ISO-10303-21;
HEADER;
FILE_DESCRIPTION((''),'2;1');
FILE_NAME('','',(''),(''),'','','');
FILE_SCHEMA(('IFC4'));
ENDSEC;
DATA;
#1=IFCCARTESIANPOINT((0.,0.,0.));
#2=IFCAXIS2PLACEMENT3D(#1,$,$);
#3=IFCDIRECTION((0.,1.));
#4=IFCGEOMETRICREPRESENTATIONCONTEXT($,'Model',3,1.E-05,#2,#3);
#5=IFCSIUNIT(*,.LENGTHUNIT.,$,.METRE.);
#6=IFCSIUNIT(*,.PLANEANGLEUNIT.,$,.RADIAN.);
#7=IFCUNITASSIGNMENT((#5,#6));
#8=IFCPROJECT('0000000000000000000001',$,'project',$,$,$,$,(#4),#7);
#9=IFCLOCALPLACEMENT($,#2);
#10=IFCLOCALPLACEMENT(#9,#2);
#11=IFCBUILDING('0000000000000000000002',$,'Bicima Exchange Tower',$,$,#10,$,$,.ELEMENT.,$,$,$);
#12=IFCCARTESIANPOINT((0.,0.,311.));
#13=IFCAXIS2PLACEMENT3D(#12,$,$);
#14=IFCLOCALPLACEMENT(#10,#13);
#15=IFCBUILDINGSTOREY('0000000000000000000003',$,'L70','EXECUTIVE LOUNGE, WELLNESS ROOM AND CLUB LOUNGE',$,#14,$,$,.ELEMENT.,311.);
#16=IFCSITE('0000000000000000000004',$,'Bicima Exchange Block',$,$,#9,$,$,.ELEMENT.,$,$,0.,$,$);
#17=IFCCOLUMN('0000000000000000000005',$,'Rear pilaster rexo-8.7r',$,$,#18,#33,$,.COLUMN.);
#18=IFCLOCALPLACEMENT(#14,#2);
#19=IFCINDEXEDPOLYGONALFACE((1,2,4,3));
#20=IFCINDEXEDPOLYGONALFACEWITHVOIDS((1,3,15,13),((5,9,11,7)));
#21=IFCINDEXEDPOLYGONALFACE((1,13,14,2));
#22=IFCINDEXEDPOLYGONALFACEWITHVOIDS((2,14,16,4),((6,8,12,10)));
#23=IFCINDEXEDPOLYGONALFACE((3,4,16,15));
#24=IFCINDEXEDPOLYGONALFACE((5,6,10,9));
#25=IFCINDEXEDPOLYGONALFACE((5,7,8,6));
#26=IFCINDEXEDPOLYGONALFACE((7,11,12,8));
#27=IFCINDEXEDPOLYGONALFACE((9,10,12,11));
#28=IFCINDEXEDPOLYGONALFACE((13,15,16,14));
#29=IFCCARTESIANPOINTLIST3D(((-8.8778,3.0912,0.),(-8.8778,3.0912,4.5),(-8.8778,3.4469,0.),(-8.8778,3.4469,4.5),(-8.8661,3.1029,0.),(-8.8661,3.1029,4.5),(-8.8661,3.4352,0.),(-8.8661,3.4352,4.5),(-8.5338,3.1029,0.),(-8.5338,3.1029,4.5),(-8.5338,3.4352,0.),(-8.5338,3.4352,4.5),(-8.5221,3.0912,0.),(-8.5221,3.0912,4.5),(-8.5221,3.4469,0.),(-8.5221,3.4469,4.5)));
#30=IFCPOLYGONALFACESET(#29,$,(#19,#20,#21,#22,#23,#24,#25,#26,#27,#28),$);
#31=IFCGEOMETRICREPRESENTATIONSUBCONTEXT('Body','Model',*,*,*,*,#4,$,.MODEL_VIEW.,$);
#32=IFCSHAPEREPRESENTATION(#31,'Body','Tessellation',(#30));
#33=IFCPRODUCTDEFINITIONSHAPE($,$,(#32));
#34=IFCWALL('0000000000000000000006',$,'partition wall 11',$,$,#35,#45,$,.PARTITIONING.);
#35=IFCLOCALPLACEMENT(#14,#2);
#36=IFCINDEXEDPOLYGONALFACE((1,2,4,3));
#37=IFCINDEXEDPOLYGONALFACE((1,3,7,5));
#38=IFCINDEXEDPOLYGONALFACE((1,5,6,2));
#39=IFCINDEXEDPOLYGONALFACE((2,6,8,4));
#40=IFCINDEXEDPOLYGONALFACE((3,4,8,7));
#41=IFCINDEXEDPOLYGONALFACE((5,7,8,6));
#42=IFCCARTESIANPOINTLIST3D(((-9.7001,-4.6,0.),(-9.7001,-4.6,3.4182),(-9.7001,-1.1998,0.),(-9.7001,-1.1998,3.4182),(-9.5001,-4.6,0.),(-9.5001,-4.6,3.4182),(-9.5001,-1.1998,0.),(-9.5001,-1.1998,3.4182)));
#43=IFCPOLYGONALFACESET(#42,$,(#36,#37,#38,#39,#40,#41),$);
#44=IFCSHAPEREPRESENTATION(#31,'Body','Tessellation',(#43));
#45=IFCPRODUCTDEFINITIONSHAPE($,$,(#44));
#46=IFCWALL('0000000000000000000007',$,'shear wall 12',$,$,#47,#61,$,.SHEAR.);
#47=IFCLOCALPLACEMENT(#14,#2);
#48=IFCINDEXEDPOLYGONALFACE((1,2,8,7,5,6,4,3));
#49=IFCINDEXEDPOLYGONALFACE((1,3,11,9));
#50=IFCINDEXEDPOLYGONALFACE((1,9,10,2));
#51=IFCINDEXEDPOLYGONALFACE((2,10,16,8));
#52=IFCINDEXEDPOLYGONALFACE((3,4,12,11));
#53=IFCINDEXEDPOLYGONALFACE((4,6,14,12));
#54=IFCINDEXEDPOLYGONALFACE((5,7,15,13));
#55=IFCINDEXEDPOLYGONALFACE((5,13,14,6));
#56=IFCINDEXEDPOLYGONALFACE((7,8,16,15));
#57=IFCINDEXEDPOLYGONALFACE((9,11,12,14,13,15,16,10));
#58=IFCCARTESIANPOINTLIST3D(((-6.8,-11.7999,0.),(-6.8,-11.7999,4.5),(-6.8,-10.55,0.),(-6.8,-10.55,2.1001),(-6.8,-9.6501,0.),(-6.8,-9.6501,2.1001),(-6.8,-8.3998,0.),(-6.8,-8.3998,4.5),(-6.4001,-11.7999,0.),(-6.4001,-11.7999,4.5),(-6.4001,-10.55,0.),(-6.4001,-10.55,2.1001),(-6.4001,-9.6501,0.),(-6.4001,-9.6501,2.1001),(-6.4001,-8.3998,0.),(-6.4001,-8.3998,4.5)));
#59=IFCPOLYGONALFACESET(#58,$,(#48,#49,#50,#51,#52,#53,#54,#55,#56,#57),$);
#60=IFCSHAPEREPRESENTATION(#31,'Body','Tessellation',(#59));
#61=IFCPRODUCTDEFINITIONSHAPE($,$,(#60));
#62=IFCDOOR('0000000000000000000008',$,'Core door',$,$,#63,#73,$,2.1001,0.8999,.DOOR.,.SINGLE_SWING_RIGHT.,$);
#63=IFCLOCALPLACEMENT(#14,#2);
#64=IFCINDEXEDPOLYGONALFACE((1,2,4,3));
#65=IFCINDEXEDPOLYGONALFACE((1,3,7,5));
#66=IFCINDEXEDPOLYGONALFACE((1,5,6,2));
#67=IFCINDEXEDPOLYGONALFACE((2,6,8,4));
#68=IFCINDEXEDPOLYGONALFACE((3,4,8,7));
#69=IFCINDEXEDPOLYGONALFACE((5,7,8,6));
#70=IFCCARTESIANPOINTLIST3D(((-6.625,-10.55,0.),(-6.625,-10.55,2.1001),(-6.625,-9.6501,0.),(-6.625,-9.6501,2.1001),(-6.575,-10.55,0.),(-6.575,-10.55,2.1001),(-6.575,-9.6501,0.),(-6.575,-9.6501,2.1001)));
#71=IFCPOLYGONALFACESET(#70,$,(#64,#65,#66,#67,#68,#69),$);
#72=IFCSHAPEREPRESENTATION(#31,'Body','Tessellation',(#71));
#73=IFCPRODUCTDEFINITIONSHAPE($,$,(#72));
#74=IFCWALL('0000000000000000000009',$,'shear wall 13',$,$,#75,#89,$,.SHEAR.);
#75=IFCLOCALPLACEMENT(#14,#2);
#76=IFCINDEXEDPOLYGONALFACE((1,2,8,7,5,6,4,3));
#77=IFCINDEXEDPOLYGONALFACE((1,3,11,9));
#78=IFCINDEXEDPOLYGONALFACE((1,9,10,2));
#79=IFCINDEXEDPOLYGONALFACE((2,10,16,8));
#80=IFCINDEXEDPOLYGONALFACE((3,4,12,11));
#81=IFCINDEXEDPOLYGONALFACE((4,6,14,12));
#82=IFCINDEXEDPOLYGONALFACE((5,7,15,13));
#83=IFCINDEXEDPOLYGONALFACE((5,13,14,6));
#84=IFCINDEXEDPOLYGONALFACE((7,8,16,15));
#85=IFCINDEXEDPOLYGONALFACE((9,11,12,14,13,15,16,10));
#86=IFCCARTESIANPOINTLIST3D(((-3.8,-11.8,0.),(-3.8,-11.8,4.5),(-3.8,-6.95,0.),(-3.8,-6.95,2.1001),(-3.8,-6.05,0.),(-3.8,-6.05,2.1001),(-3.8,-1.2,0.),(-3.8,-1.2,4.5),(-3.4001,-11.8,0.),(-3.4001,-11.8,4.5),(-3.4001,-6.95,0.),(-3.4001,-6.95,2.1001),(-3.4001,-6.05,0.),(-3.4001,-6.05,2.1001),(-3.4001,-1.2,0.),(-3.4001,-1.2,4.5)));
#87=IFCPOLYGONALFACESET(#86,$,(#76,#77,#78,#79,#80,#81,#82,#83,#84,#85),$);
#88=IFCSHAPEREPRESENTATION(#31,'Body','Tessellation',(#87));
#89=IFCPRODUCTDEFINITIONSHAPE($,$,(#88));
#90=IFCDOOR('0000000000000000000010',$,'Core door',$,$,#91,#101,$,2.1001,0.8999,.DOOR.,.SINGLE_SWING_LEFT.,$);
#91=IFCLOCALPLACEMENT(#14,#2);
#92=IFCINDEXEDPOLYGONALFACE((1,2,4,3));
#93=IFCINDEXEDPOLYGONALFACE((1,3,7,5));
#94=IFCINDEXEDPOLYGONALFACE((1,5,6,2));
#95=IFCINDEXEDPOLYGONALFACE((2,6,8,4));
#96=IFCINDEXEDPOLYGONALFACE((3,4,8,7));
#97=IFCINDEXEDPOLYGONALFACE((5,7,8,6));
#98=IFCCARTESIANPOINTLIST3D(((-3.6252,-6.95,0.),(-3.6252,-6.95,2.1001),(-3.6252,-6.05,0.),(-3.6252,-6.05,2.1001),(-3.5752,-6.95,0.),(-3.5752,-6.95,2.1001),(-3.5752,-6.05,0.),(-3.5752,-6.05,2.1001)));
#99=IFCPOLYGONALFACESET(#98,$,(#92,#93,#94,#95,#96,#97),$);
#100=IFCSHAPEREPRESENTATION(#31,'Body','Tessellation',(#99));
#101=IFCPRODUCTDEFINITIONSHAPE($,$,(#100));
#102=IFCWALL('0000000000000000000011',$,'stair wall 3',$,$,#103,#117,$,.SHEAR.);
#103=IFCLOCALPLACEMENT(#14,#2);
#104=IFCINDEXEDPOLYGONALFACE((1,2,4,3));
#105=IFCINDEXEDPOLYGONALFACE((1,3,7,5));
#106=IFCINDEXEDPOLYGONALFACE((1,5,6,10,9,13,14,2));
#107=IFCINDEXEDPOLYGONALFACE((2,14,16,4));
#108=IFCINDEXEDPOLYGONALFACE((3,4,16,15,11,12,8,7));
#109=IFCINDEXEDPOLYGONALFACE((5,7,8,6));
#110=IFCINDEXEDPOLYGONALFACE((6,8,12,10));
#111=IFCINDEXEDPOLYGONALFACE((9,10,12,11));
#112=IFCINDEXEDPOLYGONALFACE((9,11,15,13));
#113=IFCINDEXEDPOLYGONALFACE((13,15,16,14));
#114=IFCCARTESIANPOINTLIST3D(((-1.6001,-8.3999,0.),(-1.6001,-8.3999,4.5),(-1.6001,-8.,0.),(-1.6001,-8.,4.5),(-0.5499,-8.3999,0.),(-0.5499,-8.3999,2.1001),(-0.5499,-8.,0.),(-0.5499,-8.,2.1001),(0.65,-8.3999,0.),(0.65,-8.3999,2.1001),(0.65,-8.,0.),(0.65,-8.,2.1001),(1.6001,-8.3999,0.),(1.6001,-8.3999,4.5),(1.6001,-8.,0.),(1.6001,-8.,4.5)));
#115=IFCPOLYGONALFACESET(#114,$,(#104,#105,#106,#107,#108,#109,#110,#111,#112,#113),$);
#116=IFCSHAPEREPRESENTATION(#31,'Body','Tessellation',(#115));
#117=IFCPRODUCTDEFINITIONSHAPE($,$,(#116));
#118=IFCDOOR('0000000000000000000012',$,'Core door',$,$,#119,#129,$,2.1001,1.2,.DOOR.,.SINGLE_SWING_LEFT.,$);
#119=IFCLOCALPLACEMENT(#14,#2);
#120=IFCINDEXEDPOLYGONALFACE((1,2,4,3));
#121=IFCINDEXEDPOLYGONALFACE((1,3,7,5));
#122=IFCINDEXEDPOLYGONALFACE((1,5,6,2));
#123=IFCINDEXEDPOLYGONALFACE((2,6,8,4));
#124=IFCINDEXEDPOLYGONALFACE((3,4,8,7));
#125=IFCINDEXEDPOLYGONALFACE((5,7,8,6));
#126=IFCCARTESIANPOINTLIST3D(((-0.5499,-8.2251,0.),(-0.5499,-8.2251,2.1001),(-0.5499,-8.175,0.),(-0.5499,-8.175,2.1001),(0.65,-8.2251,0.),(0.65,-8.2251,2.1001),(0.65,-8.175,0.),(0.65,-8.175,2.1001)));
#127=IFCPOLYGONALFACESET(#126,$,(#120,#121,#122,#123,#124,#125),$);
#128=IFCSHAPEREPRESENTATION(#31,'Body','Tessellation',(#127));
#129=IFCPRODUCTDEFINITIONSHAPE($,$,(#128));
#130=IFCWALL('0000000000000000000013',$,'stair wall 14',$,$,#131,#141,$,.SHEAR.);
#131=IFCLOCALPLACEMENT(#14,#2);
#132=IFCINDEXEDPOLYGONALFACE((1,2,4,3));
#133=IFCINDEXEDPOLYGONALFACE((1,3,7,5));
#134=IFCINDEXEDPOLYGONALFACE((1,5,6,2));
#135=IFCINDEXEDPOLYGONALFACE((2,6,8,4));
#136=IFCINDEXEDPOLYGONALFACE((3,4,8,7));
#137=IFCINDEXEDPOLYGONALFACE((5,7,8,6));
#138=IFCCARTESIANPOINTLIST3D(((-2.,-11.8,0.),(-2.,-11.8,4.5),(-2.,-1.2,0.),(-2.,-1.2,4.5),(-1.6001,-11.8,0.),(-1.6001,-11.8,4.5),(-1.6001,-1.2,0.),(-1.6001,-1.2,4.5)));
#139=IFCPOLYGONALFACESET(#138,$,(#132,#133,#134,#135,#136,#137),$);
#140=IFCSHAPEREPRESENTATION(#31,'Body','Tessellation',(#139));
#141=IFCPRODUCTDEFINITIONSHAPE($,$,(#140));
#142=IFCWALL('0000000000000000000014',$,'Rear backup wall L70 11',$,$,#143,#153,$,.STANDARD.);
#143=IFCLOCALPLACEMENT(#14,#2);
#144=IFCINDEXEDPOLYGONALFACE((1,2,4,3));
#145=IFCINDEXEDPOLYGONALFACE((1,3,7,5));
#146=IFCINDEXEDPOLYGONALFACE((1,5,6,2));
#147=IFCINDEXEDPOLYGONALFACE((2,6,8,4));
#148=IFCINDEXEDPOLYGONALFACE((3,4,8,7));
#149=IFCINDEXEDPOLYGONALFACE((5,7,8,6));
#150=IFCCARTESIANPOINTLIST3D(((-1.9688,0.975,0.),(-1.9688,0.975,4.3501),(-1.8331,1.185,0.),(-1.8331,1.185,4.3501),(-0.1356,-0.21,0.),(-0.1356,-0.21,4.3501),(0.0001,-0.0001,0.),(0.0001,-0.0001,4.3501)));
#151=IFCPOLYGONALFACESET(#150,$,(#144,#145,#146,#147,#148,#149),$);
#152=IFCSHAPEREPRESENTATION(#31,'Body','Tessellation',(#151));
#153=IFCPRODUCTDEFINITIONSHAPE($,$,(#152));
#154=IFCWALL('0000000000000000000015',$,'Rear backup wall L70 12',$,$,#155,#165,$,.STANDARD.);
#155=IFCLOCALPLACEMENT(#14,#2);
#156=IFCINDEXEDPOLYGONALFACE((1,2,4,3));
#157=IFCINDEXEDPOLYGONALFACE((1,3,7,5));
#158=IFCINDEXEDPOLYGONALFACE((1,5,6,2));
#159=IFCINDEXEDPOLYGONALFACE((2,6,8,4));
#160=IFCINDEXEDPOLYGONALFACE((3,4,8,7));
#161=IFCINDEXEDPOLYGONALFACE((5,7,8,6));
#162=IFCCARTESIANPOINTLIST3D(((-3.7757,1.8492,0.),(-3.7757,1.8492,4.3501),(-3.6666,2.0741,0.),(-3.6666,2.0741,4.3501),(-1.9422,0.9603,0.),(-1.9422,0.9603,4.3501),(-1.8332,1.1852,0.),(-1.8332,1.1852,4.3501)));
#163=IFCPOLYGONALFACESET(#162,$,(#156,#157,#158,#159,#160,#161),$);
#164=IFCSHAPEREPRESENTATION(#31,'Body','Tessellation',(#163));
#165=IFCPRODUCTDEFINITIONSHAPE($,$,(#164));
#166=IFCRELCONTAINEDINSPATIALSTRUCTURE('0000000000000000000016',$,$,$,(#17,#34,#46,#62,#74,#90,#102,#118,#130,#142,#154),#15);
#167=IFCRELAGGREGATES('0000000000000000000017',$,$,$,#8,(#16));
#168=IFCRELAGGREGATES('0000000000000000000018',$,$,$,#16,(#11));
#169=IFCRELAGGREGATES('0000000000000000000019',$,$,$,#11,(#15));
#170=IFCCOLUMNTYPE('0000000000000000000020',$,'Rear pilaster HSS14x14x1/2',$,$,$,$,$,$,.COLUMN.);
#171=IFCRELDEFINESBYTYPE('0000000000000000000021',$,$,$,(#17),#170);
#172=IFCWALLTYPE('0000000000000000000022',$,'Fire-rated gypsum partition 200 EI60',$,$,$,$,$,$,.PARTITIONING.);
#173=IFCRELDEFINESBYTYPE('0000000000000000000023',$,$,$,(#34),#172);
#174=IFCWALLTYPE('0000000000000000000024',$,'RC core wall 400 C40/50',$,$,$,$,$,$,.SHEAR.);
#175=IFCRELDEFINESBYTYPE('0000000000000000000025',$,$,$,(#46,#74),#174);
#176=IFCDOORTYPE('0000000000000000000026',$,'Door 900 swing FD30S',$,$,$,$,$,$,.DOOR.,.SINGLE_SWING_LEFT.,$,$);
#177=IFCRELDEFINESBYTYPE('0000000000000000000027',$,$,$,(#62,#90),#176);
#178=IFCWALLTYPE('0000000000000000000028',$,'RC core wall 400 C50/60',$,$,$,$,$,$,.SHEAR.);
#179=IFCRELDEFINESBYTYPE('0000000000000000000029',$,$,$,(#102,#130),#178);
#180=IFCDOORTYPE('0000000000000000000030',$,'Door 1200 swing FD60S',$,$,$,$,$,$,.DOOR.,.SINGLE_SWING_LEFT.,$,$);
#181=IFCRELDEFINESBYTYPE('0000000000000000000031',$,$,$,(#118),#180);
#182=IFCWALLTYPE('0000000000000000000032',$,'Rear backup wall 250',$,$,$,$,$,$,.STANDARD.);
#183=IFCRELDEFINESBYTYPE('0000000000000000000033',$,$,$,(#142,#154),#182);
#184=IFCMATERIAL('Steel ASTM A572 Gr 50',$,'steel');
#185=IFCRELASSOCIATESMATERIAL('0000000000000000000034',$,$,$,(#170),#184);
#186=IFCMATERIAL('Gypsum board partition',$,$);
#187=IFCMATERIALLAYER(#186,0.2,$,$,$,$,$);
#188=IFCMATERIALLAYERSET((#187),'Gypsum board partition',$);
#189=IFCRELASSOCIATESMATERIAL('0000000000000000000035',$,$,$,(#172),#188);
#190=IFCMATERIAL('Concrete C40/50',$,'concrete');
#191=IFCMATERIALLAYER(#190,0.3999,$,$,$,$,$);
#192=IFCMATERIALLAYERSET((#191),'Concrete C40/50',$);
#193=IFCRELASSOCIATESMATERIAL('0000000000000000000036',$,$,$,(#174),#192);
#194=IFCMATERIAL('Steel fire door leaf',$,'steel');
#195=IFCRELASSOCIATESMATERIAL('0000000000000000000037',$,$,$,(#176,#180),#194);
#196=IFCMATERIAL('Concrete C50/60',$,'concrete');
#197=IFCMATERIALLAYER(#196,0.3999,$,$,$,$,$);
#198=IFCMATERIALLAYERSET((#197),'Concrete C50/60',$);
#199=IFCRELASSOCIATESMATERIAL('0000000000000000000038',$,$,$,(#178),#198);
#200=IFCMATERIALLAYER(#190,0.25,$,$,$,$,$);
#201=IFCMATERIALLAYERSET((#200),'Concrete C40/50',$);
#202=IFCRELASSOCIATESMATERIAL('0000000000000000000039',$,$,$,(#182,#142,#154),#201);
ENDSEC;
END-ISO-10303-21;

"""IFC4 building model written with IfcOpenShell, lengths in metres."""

from ifc_helpers import new_model, si_unit, direction, frame, frame_2d, origin, origin_2d, place, context, subcontext, project, spatial, rectangle, hollow_rectangle, extrude, material, layer, layer_set, layer_usage, material_profile, profile_set, type_object, element, fill, save


model = new_model("IFC4")

# Units and contexts
model_context = context("Model", 3, precision=1e-05, world=origin(), true_north=direction((0.0, 1.0)))
body_context = subcontext(model_context, "Body", "Model", "MODEL_VIEW")
ifc_project = project(units=[si_unit("LENGTHUNIT", "METRE"), si_unit("PLANEANGLEUNIT", "RADIAN")], contexts=[model_context])

# Site, building, storey
site_placement = place(None, origin())
site = spatial("IfcSite", under=ifc_project, at=site_placement, Name="Bicima Exchange Block", CompositionType="ELEMENT", RefElevation=0.0)
building_placement = place(site_placement, origin())
building = spatial("IfcBuilding", under=site, at=building_placement, Name="Bicima Exchange Tower", CompositionType="ELEMENT")
storey_placement = place(building_placement, frame((0.0, 0.0, 311.0)))
storey = spatial("IfcBuildingStorey", under=building, at=storey_placement, Name="L70", Description="EXECUTIVE LOUNGE, WELLNESS ROOM AND CLUB LOUNGE", CompositionType="ELEMENT", Elevation=311.0)

# Column
ifc_material_1 = material(Name="Steel ASTM A572 Gr 50", Category="steel")
ifc_material_profile = material_profile(ifc_material_1, hollow_rectangle(XDim=0.3557, YDim=0.3557, WallThickness=0.0117, at=origin_2d()))
ifc_profile_set = profile_set([ifc_material_profile], Name="Steel ASTM A572 Gr 50")
column_type = type_object("IfcColumnType", Name="Rear pilaster HSS14x14x1/2", PredefinedType="COLUMN", material=ifc_profile_set)
column_placement = place(storey_placement, frame((-8.7, 3.269, 0.0), z_axis=(0.0, 0.0, 1.0), x_axis=(1.0, 0.0, 0.0)))
element("IfcColumn", 1, at=column_placement, inside=storey, type_object=column_type, Name="Rear pilaster rexo-8.7r", PredefinedType="COLUMN", context=body_context, shape_type="SweptSolid", body=[
    extrude(hollow_rectangle(XDim=0.3557, YDim=0.3557, WallThickness=0.0117, at=origin_2d()), origin(), (0.0, 0.0, 1.0), 4.5),
])

# Wall
ifc_material_2 = material(Name="Gypsum board partition")
ifc_layer_1 = layer(ifc_material_2, 0.2)
ifc_layer_set_1 = layer_set([ifc_layer_1], Name="Gypsum board partition")
wall_type_1 = type_object("IfcWallType", Name="Fire-rated gypsum partition 200 EI60", PredefinedType="PARTITIONING", material=ifc_layer_set_1)
wall_1_placement = place(storey_placement, frame((-9.6001, -4.6001, 0.0), z_axis=(0.0, 0.0, 1.0), x_axis=(0.0, 1.0, 0.0)))
element("IfcWall", 2, at=wall_1_placement, inside=storey, type_object=wall_type_1, Name="partition wall 11", PredefinedType="PARTITIONING", context=body_context, shape_type="SweptSolid", body=[
    extrude(rectangle(XDim=3.4001, YDim=0.2, at=frame_2d((1.7002, 0.0))), origin(), (0.0, 0.0, 1.0), 3.4182),
])

# Walls, openings, doors
ifc_material_3 = material(Name="Concrete C40/50", Category="concrete")
ifc_layer_2 = layer(ifc_material_3, 0.3999)
ifc_layer_set_2 = layer_set([ifc_layer_2], Name="Concrete C40/50")
wall_type_2 = type_object("IfcWallType", Name="RC core wall 400 C40/50", PredefinedType="SHEAR", material=ifc_layer_set_2)
wall_2_placement = place(storey_placement, frame((-6.6001, -11.8, 0.0), z_axis=(0.0, 0.0, 1.0), x_axis=(0.0, 1.0, 0.0)))
wall_2 = element("IfcWall", 3, at=wall_2_placement, inside=storey, type_object=wall_type_2, Name="shear wall 12", PredefinedType="SHEAR", context=body_context, shape_type="SweptSolid", body=[
    extrude(rectangle(XDim=3.4001, YDim=0.3999, at=frame_2d((1.7002, 0.0))), origin(), (0.0, 0.0, 1.0), 4.5),
])
opening_1_placement = place(wall_2_placement, frame((1.25, 0.0, 0.0)))
opening_1 = element("IfcOpeningElement", 4, at=opening_1_placement, cuts=wall_2, PredefinedType="OPENING", context=body_context, shape_type="SweptSolid", body=[
    extrude(rectangle(XDim=0.8999, YDim=2.1001, at=frame_2d((0.45, 1.05))), frame((0.0, 0.2119, 0.0), z_axis=(0.0, -1.0, 0.0), x_axis=(1.0, 0.0, 0.0)), (0.0, 0.0, 1.0), 0.4238),
])
ifc_material_4 = material(Name="Steel fire door leaf", Category="steel")
door_type_1 = type_object("IfcDoorType", Name="Door 900 swing FD30S", OperationType="SINGLE_SWING_LEFT", PredefinedType="DOOR", material=ifc_material_4)
door_1_placement = place(opening_1_placement, origin())
door_1 = element("IfcDoor", 5, at=door_1_placement, inside=storey, type_object=door_type_1, Name="Core door", OperationType="SINGLE_SWING_RIGHT", OverallHeight=2.1001, OverallWidth=0.8999, PredefinedType="DOOR", context=body_context, shape_type="SweptSolid", body=[
    extrude(rectangle(XDim=0.8999, YDim=2.1001, at=frame_2d((0.45, 1.05))), frame((0.0, 0.0249, 0.0), z_axis=(0.0, -1.0, 0.0), x_axis=(1.0, 0.0, 0.0)), (0.0, 0.0, 1.0), 0.05),
])
fill(opening_1, door_1)
wall_3_placement = place(storey_placement, frame((-3.6001, -11.8, 0.0), z_axis=(0.0, 0.0, 1.0), x_axis=(0.0, 1.0, 0.0)))
wall_3 = element("IfcWall", 6, at=wall_3_placement, inside=storey, type_object=wall_type_2, Name="shear wall 13", PredefinedType="SHEAR", context=body_context, shape_type="SweptSolid", body=[
    extrude(rectangle(XDim=10.6001, YDim=0.3999, at=frame_2d((5.3, 0.0))), origin(), (0.0, 0.0, 1.0), 4.5),
])
opening_2_placement = place(wall_3_placement, frame((4.8501, 0.0, 0.0)))
opening_2 = element("IfcOpeningElement", 7, at=opening_2_placement, cuts=wall_3, PredefinedType="OPENING", context=body_context, shape_type="SweptSolid", body=[
    extrude(rectangle(XDim=0.8999, YDim=2.1001, at=frame_2d((0.45, 1.05))), frame((0.0, 0.2119, 0.0), z_axis=(0.0, -1.0, 0.0), x_axis=(1.0, 0.0, 0.0)), (0.0, 0.0, 1.0), 0.4238),
])
door_2_placement = place(opening_2_placement, frame((0.8999, 0.0, 0.0), z_axis=(0.0, 0.0, 1.0), x_axis=(-1.0, 0.0, 0.0)))
door_2 = element("IfcDoor", 8, at=door_2_placement, inside=storey, type_object=door_type_1, Name="Core door", OperationType="SINGLE_SWING_LEFT", OverallHeight=2.1001, OverallWidth=0.8999, PredefinedType="DOOR", context=body_context, shape_type="SweptSolid", body=[
    extrude(rectangle(XDim=0.8999, YDim=2.1001, at=frame_2d((0.45, 1.05))), frame((0.0, 0.0249, 0.0), z_axis=(0.0, -1.0, 0.0), x_axis=(1.0, 0.0, 0.0)), (0.0, 0.0, 1.0), 0.05),
])
fill(opening_2, door_2)
ifc_material_5 = material(Name="Concrete C50/60", Category="concrete")
ifc_layer_3 = layer(ifc_material_5, 0.3999)
ifc_layer_set_3 = layer_set([ifc_layer_3], Name="Concrete C50/60")
wall_type_3 = type_object("IfcWallType", Name="RC core wall 400 C50/60", PredefinedType="SHEAR", material=ifc_layer_set_3)
wall_4_placement = place(storey_placement, frame((-1.6001, -8.2, 0.0), z_axis=(0.0, 0.0, 1.0), x_axis=(1.0, 0.0, 0.0)))
wall_4 = element("IfcWall", 9, at=wall_4_placement, inside=storey, type_object=wall_type_3, Name="stair wall 3", PredefinedType="SHEAR", context=body_context, shape_type="SweptSolid", body=[
    extrude(rectangle(XDim=3.2002, YDim=0.3999, at=frame_2d((1.6001, 0.0))), origin(), (0.0, 0.0, 1.0), 4.5),
])
opening_3_placement = place(wall_4_placement, frame((1.05, 0.0, 0.0)))
opening_3 = element("IfcOpeningElement", 10, at=opening_3_placement, cuts=wall_4, PredefinedType="OPENING", context=body_context, shape_type="SweptSolid", body=[
    extrude(rectangle(XDim=1.2, YDim=2.1001, at=frame_2d((0.6001, 1.05))), frame((0.0, 0.2119, 0.0), z_axis=(0.0, -1.0, 0.0), x_axis=(1.0, 0.0, 0.0)), (0.0, 0.0, 1.0), 0.4238),
])
door_type_2 = type_object("IfcDoorType", Name="Door 1200 swing FD60S", OperationType="SINGLE_SWING_LEFT", PredefinedType="DOOR", material=ifc_material_4)
door_3_placement = place(opening_3_placement, origin())
door_3 = element("IfcDoor", 11, at=door_3_placement, inside=storey, type_object=door_type_2, Name="Core door", OperationType="SINGLE_SWING_LEFT", OverallHeight=2.1001, OverallWidth=1.2, PredefinedType="DOOR", context=body_context, shape_type="SweptSolid", body=[
    extrude(rectangle(XDim=1.2, YDim=2.1001, at=frame_2d((0.6001, 1.05))), frame((0.0, 0.0249, 0.0), z_axis=(0.0, -1.0, 0.0), x_axis=(1.0, 0.0, 0.0)), (0.0, 0.0, 1.0), 0.05),
])
fill(opening_3, door_3)

# Walls
wall_5_placement = place(storey_placement, frame((-1.8, -11.8, 0.0), z_axis=(0.0, 0.0, 1.0), x_axis=(0.0, 1.0, 0.0)))
element("IfcWall", 12, at=wall_5_placement, inside=storey, type_object=wall_type_3, Name="stair wall 14", PredefinedType="SHEAR", context=body_context, shape_type="SweptSolid", body=[
    extrude(rectangle(XDim=10.6001, YDim=0.3999, at=frame_2d((5.3, 0.0))), origin(), (0.0, 0.0, 1.0), 4.5),
])
ifc_layer_4 = layer(ifc_material_3, 0.25)
ifc_layer_set_4 = layer_set([ifc_layer_4], Name="Concrete C40/50")
ifc_layer_usage = layer_usage(ifc_layer_set_4, "AXIS2", "POSITIVE", -0.125)
wall_type_4 = type_object("IfcWallType", Name="Rear backup wall 250", PredefinedType="STANDARD", material=ifc_layer_set_4)
wall_6_placement = place(storey_placement, frame((-0.0679, -0.105, 0.0), z_axis=(0.0, 0.0, 1.0), x_axis=(-0.839813, 0.542876, 0.0)))
element("IfcWall", 13, at=wall_6_placement, inside=storey, type_object=wall_type_4, material=ifc_layer_usage, Name="Rear backup wall L70 11", PredefinedType="STANDARD", context=body_context, shape_type="SweptSolid", body=[
    extrude(rectangle(XDim=2.1829, YDim=0.25, at=frame_2d((1.0913, 0.0))), origin(), (0.0, 0.0, 1.0), 4.3501),
])
wall_7_placement = place(storey_placement, frame((-1.8877, 1.0728, 0.0), z_axis=(0.0, 0.0, 1.0), x_axis=(-0.899824, 0.436253, 0.0)))
element("IfcWall", 14, at=wall_7_placement, inside=storey, type_object=wall_type_4, material=ifc_layer_usage, Name="Rear backup wall L70 12", PredefinedType="STANDARD", context=body_context, shape_type="SweptSolid", body=[
    extrude(rectangle(XDim=2.0376, YDim=0.25, at=frame_2d((1.0188, 0.0))), origin(), (0.0, 0.0, 1.0), 4.3501),
])

save(model, "model.ifc")
